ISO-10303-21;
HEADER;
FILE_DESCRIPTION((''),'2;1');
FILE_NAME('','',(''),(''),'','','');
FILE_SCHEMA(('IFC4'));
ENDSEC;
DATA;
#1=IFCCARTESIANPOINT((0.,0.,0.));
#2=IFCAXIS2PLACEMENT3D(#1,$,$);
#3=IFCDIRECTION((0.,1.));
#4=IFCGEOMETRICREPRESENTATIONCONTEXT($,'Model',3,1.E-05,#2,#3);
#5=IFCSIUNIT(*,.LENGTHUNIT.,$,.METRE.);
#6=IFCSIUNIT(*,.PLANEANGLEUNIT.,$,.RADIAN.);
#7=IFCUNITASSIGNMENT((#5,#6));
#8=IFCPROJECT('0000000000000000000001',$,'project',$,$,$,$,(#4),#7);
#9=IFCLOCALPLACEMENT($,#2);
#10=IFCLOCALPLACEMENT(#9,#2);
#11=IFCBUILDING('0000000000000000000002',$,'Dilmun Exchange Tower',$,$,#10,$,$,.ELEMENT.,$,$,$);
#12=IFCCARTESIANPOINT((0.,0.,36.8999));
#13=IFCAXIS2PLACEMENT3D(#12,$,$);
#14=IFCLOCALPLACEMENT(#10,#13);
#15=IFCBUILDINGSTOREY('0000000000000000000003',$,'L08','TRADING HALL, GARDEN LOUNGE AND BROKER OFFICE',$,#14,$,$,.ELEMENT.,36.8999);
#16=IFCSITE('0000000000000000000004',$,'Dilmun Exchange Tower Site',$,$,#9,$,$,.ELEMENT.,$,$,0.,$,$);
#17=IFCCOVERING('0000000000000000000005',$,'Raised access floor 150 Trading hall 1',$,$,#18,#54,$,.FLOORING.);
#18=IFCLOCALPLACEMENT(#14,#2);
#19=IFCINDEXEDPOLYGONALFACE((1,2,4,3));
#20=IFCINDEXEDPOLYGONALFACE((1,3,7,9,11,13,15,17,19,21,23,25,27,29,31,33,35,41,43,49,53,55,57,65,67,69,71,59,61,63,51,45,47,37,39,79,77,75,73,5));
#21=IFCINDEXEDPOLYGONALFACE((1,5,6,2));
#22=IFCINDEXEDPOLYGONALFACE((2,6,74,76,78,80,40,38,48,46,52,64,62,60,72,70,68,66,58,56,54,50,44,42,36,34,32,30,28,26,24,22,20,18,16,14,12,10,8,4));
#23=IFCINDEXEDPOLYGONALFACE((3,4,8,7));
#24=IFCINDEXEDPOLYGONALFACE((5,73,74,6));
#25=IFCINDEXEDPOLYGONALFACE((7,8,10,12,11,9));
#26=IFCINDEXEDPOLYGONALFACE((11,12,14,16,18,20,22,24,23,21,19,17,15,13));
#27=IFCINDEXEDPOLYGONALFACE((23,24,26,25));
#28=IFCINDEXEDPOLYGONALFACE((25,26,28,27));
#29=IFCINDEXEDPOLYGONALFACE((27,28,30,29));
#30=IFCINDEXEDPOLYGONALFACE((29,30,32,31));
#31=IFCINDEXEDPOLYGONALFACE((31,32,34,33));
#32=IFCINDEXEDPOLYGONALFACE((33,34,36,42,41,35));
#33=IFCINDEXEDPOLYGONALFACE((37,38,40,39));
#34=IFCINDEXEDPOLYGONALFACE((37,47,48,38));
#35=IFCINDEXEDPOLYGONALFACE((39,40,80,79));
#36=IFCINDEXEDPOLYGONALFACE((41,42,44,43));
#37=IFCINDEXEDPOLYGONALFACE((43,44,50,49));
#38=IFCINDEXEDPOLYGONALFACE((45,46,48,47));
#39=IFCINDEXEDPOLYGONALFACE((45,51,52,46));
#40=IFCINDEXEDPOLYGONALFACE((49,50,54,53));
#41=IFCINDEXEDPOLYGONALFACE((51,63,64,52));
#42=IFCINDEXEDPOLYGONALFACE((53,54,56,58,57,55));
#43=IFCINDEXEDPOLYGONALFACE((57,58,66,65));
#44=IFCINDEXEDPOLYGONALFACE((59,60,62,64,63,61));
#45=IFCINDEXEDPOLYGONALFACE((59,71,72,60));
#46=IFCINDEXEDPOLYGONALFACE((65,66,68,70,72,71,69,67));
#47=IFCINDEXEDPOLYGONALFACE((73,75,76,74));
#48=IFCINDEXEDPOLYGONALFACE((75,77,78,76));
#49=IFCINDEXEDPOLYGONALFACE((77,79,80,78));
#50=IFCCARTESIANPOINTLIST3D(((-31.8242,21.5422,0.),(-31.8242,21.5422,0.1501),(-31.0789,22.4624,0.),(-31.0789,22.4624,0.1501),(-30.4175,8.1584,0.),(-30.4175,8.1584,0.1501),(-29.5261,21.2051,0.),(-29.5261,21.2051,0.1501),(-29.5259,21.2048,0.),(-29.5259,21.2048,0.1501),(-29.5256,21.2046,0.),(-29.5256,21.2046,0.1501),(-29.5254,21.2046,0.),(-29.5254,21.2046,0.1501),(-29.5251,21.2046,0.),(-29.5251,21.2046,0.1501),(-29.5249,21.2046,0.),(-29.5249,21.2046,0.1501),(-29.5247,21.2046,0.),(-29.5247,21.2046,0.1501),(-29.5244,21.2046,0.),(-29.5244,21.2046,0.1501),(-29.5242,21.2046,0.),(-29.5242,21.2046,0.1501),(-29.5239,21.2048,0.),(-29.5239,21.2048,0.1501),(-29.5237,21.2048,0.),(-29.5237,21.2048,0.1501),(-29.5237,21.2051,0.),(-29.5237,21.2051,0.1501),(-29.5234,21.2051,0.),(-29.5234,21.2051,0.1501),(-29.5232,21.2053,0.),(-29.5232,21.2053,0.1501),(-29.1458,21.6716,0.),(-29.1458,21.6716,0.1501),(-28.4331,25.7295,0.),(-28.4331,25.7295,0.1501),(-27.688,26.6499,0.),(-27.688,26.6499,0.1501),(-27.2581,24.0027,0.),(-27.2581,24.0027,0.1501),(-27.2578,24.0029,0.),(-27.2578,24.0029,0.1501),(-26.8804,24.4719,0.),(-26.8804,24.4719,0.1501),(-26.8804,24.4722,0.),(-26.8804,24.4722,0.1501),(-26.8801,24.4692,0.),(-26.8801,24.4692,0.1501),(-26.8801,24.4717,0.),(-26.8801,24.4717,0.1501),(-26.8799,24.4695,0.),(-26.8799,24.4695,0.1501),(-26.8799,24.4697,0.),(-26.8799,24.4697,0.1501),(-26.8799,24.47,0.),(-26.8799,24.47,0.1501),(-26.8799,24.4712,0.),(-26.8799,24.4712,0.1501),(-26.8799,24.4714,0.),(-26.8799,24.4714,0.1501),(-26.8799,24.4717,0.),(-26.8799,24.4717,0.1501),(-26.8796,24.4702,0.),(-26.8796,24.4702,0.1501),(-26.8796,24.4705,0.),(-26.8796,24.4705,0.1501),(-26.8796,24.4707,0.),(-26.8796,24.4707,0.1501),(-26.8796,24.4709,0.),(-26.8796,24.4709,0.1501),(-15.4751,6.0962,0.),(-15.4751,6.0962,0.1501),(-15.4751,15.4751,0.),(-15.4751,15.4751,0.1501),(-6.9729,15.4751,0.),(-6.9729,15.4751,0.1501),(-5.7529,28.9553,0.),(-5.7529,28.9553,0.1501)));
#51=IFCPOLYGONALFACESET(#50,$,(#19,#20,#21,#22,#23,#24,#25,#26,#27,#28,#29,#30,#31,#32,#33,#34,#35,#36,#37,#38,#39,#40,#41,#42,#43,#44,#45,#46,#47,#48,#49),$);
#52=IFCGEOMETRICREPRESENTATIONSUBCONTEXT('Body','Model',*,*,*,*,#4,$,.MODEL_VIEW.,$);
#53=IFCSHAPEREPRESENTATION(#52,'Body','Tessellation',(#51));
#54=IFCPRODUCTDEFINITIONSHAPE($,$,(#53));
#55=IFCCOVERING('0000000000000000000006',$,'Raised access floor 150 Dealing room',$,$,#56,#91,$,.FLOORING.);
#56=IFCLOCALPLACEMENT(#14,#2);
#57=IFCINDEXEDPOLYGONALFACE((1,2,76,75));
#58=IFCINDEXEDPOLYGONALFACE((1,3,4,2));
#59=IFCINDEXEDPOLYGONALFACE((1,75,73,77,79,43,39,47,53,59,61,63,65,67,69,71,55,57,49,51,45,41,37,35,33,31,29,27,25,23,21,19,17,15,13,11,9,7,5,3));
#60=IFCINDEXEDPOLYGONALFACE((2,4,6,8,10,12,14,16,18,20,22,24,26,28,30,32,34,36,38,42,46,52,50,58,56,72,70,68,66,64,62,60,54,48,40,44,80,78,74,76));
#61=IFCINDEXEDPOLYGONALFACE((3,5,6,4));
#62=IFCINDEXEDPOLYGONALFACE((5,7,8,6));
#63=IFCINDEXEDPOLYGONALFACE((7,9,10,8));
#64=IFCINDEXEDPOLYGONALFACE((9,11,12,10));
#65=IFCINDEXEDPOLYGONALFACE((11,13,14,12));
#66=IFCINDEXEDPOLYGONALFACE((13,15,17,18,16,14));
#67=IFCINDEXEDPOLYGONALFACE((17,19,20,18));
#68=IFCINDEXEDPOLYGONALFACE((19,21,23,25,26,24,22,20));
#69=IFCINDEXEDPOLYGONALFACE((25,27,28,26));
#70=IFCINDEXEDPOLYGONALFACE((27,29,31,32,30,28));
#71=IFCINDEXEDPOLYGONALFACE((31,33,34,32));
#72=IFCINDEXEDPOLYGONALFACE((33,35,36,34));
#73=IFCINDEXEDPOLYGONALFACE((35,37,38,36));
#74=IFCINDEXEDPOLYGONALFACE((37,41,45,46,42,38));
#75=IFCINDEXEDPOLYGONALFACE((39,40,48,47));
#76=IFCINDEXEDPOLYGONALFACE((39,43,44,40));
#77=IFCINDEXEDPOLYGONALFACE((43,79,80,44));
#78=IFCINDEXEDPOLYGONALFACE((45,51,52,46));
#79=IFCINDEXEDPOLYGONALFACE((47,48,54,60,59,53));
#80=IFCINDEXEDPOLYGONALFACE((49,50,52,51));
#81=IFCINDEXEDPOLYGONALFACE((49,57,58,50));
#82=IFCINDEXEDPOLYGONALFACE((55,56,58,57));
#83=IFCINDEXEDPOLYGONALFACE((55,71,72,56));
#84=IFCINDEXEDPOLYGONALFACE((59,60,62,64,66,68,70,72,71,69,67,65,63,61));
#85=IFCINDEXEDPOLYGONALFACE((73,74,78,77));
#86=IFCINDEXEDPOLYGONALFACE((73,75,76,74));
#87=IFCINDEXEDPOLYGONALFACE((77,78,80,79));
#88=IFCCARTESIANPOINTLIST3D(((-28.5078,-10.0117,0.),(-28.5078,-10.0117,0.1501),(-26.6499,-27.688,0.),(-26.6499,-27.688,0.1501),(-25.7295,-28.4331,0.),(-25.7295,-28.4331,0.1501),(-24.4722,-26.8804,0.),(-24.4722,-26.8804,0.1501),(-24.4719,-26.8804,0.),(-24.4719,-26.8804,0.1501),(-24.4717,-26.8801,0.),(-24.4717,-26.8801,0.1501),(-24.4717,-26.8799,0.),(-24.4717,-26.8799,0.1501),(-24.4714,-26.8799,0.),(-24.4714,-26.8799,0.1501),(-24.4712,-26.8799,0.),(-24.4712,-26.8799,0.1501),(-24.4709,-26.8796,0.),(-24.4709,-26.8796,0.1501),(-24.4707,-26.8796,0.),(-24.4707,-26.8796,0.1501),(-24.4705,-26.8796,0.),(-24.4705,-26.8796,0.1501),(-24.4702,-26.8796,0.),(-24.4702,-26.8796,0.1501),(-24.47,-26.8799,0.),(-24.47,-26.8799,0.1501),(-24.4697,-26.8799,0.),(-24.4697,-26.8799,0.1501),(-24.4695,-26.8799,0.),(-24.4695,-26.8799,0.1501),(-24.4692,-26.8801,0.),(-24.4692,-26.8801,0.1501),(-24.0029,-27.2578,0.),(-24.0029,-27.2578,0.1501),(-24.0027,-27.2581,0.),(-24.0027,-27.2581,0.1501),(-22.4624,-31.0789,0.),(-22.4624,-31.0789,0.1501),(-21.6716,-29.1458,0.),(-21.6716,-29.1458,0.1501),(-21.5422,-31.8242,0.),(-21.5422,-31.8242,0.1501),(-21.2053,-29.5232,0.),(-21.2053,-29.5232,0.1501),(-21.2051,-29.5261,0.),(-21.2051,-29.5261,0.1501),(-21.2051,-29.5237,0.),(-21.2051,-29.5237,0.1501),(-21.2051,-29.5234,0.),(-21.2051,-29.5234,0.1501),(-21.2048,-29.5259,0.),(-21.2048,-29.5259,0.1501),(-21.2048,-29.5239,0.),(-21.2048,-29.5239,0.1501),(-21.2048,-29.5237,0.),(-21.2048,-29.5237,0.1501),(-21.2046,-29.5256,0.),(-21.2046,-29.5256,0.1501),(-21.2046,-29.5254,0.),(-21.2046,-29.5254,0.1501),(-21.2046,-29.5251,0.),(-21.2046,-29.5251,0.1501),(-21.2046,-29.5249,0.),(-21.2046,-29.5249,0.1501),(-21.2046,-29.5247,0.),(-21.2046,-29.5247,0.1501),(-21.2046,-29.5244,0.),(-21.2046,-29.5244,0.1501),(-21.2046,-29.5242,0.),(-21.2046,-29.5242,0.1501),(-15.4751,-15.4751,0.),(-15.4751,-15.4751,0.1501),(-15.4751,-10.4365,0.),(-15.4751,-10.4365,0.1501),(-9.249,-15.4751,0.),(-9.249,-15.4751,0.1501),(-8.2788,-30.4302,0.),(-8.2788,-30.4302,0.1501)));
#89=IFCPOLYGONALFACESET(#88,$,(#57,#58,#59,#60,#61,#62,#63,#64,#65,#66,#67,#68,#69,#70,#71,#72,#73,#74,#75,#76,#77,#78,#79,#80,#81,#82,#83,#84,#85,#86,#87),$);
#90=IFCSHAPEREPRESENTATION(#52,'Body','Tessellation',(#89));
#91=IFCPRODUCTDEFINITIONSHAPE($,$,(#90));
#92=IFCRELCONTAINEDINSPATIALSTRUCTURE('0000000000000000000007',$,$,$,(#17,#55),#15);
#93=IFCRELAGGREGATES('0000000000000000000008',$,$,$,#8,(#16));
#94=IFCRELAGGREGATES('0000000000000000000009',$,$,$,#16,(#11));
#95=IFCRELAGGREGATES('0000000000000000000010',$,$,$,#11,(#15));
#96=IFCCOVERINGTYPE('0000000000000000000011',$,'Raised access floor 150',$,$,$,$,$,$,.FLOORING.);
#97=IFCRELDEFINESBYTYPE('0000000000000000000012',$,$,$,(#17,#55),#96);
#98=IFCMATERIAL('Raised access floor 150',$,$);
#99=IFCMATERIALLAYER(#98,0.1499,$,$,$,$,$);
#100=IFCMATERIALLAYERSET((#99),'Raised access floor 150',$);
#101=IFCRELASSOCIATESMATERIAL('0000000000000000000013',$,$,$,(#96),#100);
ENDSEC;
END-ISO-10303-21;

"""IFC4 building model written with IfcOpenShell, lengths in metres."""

from ifc_helpers import new_model, si_unit, direction, frame, origin, place, context, subcontext, project, spatial, polyline, outline, extrude, material, layer, layer_set, type_object, element, save


model = new_model("IFC4")

# Units and contexts
model_context = context("Model", 3, precision=1e-05, world=origin(), true_north=direction((0.0, 1.0)))
body_context = subcontext(model_context, "Body", "Model", "MODEL_VIEW")
ifc_project = project(units=[si_unit("LENGTHUNIT", "METRE"), si_unit("PLANEANGLEUNIT", "RADIAN")], contexts=[model_context])

# Site, building, storey
site_placement = place(None, origin())
site = spatial("IfcSite", under=ifc_project, at=site_placement, Name="Dilmun Exchange Tower Site", CompositionType="ELEMENT", RefElevation=0.0)
building_placement = place(site_placement, origin())
building = spatial("IfcBuilding", under=site, at=building_placement, Name="Dilmun Exchange Tower", CompositionType="ELEMENT")
storey_placement = place(building_placement, frame((0.0, 0.0, 36.8999)))
storey = spatial("IfcBuildingStorey", under=building, at=storey_placement, Name="L08", Description="TRADING HALL, GARDEN LOUNGE AND BROKER OFFICE", CompositionType="ELEMENT", Elevation=36.8999)

# Coverings
ifc_material_1 = material(Name="Raised access floor 150")
ifc_layer_1 = layer(ifc_material_1, 0.1499)
ifc_layer_set_1 = layer_set([ifc_layer_1], Name="Raised access floor 150")
covering_type_1 = type_object("IfcCoveringType", Name="Raised access floor 150", PredefinedType="FLOORING", material=ifc_layer_set_1)
covering_1_placement = place(storey_placement, origin())
element("IfcCovering", 1, at=covering_1_placement, inside=storey, type_object=covering_type_1, Name="Raised access floor 150 Trading hall 1", PredefinedType="FLOORING", context=body_context, shape_type="SweptSolid", body=[
    extrude(outline(polyline([(-6.9729, 15.4751), (-15.4751, 15.4751), (-15.4751, 6.0962), (-30.4175, 8.1584), (-31.8242, 21.5422), (-31.0789, 22.4624), (-29.5261, 21.2051), (-29.5259, 21.2048), (-29.5259, 21.2048), (-29.5256, 21.2046), (-29.5254, 21.2046), (-29.5254, 21.2046), (-29.5251, 21.2046), (-29.5249, 21.2046), (-29.5247, 21.2046), (-29.5244, 21.2046), (-29.5244, 21.2046), (-29.5242, 21.2046), (-29.5239, 21.2048), (-29.5237, 21.2048), (-29.5237, 21.2051), (-29.5234, 21.2051), (-29.5232, 21.2053), (-29.1458, 21.6716), (-29.1458, 21.6716), (-27.2581, 24.0027), (-27.2581, 24.0027), (-27.2578, 24.0029), (-27.2578, 24.0029), (-26.8801, 24.4692), (-26.8799, 24.4695), (-26.8799, 24.4695), (-26.8799, 24.4697), (-26.8799, 24.47), (-26.8796, 24.4702), (-26.8796, 24.4705), (-26.8796, 24.4707), (-26.8796, 24.4707), (-26.8796, 24.4709), (-26.8799, 24.4712), (-26.8799, 24.4712), (-26.8799, 24.4714), (-26.8799, 24.4717), (-26.8801, 24.4717), (-26.8804, 24.4719), (-26.8804, 24.4722), (-28.4331, 25.7295), (-27.688, 26.6499), (-5.7529, 28.9553), (-6.9729, 15.4751)])), origin(), (0.0, 0.0, 1.0), 0.1501),
])
covering_2_placement = place(storey_placement, origin())
element("IfcCovering", 2, at=covering_2_placement, inside=storey, type_object=covering_type_1, Name="Raised access floor 150 Dealing room", PredefinedType="FLOORING", context=body_context, shape_type="SweptSolid", body=[
    extrude(outline(polyline([(-15.4751, -10.4365), (-15.4751, -15.4751), (-9.249, -15.4751), (-8.2788, -30.4302), (-21.5422, -31.8242), (-22.4624, -31.0789), (-21.2051, -29.5261), (-21.2048, -29.5259), (-21.2048, -29.5259), (-21.2046, -29.5256), (-21.2046, -29.5254), (-21.2046, -29.5254), (-21.2046, -29.5251), (-21.2046, -29.5249), (-21.2046, -29.5247), (-21.2046, -29.5244), (-21.2046, -29.5244), (-21.2046, -29.5242), (-21.2048, -29.5239), (-21.2048, -29.5237), (-21.2051, -29.5237), (-21.2051, -29.5234), (-21.2053, -29.5232), (-21.6716, -29.1458), (-21.6716, -29.1458), (-24.0027, -27.2581), (-24.0027, -27.2581), (-24.0029, -27.2578), (-24.0029, -27.2578), (-24.4692, -26.8801), (-24.4695, -26.8799), (-24.4695, -26.8799), (-24.4697, -26.8799), (-24.47, -26.8799), (-24.4702, -26.8796), (-24.4705, -26.8796), (-24.4707, -26.8796), (-24.4707, -26.8796), (-24.4709, -26.8796), (-24.4712, -26.8799), (-24.4712, -26.8799), (-24.4714, -26.8799), (-24.4717, -26.8799), (-24.4717, -26.8801), (-24.4719, -26.8804), (-24.4722, -26.8804), (-25.7295, -28.4331), (-26.6499, -27.688), (-28.5078, -10.0117), (-15.4751, -10.4365)])), origin(), (0.0, 0.0, 1.0), 0.1501),
])

save(model, "model.ifc")
